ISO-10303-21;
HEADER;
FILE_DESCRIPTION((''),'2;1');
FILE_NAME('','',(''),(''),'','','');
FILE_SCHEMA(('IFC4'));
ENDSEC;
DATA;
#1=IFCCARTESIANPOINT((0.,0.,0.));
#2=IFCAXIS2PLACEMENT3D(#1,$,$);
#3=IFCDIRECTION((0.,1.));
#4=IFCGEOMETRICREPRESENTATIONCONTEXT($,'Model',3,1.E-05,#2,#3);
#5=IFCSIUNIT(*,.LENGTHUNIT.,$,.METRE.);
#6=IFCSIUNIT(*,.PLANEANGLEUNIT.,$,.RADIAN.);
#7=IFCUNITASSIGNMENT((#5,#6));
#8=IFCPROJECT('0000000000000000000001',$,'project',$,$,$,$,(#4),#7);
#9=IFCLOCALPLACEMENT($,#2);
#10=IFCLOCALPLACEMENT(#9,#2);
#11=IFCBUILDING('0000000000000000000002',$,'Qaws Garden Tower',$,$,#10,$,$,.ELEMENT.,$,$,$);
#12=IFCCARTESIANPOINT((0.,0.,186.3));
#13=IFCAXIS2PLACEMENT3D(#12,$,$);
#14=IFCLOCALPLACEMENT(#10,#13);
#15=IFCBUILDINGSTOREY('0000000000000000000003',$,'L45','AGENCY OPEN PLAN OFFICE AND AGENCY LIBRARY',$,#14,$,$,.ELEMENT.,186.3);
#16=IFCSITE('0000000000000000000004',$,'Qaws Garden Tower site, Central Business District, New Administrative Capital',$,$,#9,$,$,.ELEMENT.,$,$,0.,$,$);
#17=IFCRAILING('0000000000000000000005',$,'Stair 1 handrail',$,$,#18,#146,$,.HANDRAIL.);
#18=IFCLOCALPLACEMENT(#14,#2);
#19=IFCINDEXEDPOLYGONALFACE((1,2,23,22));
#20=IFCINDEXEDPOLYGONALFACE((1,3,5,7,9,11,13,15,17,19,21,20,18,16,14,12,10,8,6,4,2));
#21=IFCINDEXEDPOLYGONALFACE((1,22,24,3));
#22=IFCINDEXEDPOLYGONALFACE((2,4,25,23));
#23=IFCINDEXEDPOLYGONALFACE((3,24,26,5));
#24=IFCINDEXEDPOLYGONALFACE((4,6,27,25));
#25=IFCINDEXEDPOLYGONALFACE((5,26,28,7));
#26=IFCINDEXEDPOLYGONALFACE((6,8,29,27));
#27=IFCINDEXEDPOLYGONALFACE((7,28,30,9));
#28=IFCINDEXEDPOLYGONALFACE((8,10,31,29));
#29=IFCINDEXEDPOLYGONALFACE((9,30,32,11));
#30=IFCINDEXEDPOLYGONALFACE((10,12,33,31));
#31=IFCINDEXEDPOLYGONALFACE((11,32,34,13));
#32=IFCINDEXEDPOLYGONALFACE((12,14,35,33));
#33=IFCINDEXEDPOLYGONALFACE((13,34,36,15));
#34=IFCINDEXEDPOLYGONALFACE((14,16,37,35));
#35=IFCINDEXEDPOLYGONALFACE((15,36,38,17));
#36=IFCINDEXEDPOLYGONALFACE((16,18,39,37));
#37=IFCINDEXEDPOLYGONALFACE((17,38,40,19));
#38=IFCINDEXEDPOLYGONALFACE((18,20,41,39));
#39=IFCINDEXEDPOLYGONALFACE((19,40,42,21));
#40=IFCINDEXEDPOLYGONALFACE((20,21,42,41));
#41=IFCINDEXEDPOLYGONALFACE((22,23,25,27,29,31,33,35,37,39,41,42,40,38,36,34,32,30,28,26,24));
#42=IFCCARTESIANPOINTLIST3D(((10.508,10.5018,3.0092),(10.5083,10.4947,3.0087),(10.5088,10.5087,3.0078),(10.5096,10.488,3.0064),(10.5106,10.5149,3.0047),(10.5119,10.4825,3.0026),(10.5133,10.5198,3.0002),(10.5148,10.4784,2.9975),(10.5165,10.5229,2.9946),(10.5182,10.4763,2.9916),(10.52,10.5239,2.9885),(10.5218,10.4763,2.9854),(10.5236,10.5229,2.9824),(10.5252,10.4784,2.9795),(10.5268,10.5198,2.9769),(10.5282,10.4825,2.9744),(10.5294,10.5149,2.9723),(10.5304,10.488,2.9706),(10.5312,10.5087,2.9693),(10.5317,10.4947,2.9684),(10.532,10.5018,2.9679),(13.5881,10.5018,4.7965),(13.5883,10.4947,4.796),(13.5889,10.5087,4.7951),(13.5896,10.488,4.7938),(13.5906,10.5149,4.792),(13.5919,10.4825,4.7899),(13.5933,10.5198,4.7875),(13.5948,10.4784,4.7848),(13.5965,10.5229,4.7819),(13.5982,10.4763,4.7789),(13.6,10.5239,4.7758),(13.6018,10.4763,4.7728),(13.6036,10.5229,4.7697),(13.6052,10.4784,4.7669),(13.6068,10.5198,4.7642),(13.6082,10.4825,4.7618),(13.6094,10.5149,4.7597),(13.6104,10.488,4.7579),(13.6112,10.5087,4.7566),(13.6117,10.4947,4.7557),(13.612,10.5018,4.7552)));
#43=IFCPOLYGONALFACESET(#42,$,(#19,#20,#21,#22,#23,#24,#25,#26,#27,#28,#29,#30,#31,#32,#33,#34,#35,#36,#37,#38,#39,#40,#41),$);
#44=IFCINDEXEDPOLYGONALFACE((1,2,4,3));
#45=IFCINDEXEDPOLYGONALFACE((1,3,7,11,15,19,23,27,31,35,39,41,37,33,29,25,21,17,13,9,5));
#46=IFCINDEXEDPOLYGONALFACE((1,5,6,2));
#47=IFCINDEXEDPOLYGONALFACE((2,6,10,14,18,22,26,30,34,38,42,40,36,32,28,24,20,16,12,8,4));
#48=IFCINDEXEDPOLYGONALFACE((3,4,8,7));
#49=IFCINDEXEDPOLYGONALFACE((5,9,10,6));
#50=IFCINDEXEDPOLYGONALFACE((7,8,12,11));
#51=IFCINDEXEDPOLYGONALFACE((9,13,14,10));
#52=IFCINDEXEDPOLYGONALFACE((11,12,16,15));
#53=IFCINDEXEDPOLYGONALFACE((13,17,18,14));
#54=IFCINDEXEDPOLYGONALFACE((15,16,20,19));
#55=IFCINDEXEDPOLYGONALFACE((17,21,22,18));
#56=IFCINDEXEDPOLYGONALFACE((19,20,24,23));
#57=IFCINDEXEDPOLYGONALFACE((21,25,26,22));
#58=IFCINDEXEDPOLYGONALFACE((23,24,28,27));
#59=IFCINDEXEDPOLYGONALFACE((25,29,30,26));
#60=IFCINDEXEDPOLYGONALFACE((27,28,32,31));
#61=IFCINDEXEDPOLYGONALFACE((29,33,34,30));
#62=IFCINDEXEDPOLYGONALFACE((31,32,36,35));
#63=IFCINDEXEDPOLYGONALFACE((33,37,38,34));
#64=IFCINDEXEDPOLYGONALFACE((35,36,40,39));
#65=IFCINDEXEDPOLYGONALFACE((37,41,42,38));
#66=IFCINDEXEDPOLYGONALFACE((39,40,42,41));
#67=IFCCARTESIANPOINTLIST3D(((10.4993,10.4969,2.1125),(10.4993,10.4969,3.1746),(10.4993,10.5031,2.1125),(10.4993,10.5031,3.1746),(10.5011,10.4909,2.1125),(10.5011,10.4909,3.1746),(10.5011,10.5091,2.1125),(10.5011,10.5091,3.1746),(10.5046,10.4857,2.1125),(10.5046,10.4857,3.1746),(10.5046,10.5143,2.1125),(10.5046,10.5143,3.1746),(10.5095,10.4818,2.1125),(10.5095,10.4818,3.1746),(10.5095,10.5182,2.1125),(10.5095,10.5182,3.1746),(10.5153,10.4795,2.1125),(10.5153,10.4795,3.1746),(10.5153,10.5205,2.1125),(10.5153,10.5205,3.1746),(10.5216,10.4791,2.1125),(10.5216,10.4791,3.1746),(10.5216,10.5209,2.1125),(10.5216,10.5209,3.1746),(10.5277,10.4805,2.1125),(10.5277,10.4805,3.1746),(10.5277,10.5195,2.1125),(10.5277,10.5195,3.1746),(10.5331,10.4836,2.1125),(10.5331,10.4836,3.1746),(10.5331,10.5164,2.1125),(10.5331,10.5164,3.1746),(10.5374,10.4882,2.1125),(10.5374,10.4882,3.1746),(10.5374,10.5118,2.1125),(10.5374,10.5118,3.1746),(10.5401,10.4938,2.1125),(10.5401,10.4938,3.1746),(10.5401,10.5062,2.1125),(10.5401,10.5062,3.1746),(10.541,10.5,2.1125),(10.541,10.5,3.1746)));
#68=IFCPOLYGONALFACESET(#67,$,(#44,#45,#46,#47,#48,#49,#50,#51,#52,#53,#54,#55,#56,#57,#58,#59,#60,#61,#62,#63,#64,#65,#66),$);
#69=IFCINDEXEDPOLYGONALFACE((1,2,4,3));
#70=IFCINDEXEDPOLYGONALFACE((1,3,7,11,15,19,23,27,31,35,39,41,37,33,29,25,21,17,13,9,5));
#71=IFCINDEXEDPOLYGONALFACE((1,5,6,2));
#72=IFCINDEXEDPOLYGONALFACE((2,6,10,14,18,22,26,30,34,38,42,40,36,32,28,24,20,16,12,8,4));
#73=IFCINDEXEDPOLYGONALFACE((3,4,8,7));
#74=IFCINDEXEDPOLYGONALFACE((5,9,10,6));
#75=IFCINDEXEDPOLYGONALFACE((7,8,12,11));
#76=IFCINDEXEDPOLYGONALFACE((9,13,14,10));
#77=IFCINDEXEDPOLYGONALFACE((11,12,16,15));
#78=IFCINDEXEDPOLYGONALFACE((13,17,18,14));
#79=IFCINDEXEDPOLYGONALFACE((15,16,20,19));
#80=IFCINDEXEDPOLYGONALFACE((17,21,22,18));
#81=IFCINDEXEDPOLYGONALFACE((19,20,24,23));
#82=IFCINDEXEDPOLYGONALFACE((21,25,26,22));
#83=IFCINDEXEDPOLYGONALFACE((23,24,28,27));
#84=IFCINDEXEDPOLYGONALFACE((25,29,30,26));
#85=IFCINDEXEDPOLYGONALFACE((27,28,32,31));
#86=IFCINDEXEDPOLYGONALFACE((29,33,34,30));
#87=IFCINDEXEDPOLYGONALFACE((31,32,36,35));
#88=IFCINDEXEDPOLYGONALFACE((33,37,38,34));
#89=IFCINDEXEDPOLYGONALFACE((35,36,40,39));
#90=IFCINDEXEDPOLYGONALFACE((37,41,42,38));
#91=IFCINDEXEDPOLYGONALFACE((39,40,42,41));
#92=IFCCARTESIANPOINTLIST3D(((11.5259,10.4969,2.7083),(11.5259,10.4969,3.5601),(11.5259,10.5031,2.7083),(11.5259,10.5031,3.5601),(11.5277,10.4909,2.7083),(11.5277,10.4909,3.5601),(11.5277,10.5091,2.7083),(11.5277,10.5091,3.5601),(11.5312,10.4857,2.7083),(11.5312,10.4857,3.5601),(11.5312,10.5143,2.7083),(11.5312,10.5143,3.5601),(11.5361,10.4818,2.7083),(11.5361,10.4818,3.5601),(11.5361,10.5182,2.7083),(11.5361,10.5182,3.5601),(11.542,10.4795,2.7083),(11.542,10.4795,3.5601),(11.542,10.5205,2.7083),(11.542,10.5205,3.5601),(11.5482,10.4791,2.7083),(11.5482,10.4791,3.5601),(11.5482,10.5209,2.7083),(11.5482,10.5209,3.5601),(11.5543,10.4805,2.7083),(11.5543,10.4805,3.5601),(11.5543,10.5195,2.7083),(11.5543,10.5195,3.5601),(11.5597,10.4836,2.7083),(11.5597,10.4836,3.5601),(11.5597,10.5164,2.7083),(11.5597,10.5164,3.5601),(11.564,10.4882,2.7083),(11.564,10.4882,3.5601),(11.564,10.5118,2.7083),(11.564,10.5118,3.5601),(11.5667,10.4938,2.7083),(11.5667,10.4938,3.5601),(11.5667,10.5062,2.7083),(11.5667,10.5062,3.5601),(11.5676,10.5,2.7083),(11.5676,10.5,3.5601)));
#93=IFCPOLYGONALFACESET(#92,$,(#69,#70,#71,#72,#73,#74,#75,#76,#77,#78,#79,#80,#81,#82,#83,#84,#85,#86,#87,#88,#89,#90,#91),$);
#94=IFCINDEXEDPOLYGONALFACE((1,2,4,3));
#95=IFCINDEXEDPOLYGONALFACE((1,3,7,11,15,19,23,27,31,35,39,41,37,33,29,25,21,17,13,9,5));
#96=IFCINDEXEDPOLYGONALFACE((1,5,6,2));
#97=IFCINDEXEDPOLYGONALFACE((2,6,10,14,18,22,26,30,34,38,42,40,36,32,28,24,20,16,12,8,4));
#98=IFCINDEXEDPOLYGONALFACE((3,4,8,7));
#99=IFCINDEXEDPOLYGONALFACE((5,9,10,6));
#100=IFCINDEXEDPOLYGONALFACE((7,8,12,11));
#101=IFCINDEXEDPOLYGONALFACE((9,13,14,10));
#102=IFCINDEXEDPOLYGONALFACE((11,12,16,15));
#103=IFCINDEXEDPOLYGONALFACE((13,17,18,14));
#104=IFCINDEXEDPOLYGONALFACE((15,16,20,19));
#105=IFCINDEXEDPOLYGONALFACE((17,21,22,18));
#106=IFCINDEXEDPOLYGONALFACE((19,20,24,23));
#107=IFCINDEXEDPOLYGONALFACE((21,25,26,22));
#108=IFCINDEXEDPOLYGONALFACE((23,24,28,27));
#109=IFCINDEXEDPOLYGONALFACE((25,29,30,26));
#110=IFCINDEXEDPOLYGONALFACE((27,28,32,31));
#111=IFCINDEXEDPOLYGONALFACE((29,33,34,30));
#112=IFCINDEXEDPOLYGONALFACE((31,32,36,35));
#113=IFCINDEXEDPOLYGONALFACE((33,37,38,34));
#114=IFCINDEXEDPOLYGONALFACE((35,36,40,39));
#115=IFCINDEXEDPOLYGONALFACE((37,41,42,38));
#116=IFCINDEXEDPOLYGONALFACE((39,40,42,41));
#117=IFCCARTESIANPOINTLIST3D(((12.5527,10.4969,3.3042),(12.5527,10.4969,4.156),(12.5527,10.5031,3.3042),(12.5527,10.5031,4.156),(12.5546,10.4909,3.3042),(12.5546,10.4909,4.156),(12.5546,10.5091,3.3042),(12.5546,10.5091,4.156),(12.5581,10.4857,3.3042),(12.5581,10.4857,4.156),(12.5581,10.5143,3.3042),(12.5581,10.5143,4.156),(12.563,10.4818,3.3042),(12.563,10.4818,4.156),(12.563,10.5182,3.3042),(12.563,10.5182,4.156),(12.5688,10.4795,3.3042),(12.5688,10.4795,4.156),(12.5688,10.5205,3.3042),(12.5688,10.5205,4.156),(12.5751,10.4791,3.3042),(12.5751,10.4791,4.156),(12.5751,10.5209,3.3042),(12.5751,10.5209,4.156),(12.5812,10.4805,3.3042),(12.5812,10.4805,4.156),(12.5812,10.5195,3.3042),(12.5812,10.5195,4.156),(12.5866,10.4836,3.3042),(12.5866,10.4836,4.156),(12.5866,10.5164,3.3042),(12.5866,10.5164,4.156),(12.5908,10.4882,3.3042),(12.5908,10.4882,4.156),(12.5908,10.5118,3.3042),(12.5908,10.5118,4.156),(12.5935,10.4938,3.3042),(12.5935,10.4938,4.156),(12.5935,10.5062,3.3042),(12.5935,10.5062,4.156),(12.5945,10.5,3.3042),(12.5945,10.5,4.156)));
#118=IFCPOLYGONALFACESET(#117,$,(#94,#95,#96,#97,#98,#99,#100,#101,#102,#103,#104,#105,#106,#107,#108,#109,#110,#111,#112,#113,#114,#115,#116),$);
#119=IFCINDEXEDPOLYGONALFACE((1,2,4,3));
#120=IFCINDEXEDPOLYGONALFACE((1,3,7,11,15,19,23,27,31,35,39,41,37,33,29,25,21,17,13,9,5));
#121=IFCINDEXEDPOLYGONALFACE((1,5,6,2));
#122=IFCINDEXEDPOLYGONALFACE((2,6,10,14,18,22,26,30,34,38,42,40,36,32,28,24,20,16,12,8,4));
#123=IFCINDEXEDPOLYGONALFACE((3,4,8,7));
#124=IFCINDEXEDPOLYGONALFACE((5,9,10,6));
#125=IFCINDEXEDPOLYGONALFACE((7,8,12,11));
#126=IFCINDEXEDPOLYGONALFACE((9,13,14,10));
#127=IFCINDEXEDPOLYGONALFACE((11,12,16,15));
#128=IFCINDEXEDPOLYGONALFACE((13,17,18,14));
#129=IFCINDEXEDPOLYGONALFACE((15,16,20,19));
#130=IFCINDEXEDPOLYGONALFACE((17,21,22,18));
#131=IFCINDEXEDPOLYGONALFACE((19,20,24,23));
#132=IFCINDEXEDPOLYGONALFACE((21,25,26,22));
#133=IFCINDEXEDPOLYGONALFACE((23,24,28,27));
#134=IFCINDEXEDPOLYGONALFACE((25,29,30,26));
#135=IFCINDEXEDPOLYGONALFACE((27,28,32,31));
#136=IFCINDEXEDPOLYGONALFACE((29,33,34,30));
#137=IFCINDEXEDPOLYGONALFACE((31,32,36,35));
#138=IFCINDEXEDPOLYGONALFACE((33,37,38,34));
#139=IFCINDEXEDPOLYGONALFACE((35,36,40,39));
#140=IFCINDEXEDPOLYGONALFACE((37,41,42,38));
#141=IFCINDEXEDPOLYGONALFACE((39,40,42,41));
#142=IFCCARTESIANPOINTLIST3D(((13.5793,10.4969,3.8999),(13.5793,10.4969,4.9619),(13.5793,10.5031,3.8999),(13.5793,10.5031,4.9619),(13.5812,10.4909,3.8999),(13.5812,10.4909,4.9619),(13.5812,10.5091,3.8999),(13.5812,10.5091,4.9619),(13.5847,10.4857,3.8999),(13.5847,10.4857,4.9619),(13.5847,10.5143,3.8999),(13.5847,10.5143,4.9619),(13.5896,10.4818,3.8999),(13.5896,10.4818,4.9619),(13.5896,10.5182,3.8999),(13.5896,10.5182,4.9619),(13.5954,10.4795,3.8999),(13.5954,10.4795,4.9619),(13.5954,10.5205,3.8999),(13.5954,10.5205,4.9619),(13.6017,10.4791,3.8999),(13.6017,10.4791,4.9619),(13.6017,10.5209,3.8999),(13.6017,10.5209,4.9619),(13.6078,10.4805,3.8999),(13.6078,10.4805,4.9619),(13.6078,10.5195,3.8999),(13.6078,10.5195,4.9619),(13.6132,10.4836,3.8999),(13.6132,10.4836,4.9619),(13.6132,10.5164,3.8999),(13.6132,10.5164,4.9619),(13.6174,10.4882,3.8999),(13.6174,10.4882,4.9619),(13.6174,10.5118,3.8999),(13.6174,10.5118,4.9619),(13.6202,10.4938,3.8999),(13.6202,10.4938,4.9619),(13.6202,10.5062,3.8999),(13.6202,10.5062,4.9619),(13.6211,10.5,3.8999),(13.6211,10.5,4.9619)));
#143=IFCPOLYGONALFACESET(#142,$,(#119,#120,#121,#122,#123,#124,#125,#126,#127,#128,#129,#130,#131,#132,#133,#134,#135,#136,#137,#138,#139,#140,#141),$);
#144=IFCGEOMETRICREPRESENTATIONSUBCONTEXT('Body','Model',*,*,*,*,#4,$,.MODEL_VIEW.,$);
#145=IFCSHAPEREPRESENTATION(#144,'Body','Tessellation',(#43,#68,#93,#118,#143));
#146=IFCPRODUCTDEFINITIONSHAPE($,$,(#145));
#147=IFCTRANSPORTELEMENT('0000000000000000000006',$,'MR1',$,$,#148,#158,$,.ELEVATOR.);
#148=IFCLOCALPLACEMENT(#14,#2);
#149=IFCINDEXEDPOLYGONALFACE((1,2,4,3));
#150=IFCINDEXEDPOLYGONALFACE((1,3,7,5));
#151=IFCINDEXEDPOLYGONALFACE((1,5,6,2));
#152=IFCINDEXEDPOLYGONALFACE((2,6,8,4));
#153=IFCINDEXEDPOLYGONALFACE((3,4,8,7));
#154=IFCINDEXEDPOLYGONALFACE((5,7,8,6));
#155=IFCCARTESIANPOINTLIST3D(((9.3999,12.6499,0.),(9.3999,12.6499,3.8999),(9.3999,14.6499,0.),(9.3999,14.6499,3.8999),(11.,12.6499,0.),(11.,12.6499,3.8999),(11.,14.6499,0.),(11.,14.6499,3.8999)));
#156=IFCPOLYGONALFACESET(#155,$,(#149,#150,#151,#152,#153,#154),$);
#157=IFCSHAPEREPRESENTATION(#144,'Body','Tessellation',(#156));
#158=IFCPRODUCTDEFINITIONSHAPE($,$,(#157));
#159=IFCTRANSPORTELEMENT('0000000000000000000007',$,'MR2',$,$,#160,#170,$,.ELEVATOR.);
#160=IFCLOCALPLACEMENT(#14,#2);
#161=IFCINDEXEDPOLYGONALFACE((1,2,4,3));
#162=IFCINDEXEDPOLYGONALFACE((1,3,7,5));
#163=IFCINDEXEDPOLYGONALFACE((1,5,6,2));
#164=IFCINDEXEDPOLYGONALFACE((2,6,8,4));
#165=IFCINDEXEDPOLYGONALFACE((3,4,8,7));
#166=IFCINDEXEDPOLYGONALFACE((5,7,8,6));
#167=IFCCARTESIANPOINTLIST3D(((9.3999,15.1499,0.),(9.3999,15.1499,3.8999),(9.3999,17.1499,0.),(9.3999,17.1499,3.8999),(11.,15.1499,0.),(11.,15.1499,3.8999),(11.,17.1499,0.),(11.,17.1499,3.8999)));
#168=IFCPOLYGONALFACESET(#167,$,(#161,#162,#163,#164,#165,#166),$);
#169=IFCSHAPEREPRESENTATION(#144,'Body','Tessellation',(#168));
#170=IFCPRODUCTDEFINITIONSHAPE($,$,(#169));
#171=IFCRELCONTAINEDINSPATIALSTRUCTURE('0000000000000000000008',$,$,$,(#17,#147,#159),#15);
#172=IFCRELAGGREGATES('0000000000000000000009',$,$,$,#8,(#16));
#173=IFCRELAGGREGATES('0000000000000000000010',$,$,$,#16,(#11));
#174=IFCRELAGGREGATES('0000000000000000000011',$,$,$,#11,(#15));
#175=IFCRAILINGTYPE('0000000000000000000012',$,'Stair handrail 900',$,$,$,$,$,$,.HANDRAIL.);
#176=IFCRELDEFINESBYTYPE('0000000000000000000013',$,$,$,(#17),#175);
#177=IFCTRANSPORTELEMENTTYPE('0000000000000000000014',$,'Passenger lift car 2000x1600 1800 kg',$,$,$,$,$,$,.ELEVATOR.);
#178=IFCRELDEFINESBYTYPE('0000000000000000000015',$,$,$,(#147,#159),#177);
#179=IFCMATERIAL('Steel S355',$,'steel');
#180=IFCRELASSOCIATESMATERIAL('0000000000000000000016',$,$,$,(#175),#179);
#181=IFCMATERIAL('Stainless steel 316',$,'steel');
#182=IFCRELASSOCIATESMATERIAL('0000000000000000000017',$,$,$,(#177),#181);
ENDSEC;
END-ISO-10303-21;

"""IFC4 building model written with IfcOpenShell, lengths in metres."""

from ifc_helpers import new_model, si_unit, direction, frame, origin, origin_2d, place, context, subcontext, project, spatial, rectangle, circle, extrude, material, type_object, element, save


model = new_model("IFC4")

# Units and contexts
model_context = context("Model", 3, precision=1e-05, world=origin(), true_north=direction((0.0, 1.0)))
body_context = subcontext(model_context, "Body", "Model", "MODEL_VIEW")
ifc_project = project(units=[si_unit("LENGTHUNIT", "METRE"), si_unit("PLANEANGLEUNIT", "RADIAN")], contexts=[model_context])

# Site, building, storey
site_placement = place(None, origin())
site = spatial("IfcSite", under=ifc_project, at=site_placement, Name="Qaws Garden Tower site, Central Business District, New Administrative Capital", CompositionType="ELEMENT", RefElevation=0.0)
building_placement = place(site_placement, origin())
building = spatial("IfcBuilding", under=site, at=building_placement, Name="Qaws Garden Tower", CompositionType="ELEMENT")
storey_placement = place(building_placement, frame((0.0, 0.0, 186.3)))
storey = spatial("IfcBuildingStorey", under=building, at=storey_placement, Name="L45", Description="AGENCY OPEN PLAN OFFICE AND AGENCY LIBRARY", CompositionType="ELEMENT", Elevation=186.3)

# Railing
ifc_material_1 = material(Name="Steel S355", Category="steel")
railing_type = type_object("IfcRailingType", Name="Stair handrail 900", PredefinedType="HANDRAIL", material=ifc_material_1)
railing_1_placement = place(storey_placement, frame((10.52, 10.5, 2.1125)))
element("IfcRailing", 1, at=railing_1_placement, inside=storey, type_object=railing_type, Name="Stair 1 handrail", PredefinedType="HANDRAIL", context=body_context, shape_type="SweptSolid", body=[
    extrude(circle(Radius=0.0239, at=origin_2d()), frame((0.0, 0.0, 0.876), z_axis=(0.86492, 0.0, 0.501909), x_axis=(0.0, 1.0, 0.0)), (0.0, 0.0, 1.0), 3.561),
    extrude(circle(Radius=0.021, at=origin_2d()), origin(), (0.0, 0.0, 1.0), 1.062),
    extrude(circle(Radius=0.021, at=origin_2d()), frame((1.0266, 0.0, 0.5957)), (0.0, 0.0, 1.0), 0.8518),
    extrude(circle(Radius=0.021, at=origin_2d()), frame((2.0535, 0.0, 1.1917)), (0.0, 0.0, 1.0), 0.8518),
    extrude(circle(Radius=0.021, at=origin_2d()), frame((3.0801, 0.0, 1.7874)), (0.0, 0.0, 1.0), 1.062),
])

# Transport elements
ifc_material_2 = material(Name="Stainless steel 316", Category="steel")
transport_element_type = type_object("IfcTransportElementType", Name="Passenger lift car 2000x1600 1800 kg", PredefinedType="ELEVATOR", material=ifc_material_2)
for number, where, z_axis, x_axis, name in (
    (2, (10.2, 13.6499, 0.0), (0.0, 0.0, 1.0), (1.0, 0.0, 0.0), "MR1"),
    (3, (10.2, 16.1499, 0.0), (0.0, 0.0, 1.0), (1.0, 0.0, 0.0), "MR2"),
):
    element("IfcTransportElement", number, at=place(storey_placement, frame(where, z_axis=z_axis, x_axis=x_axis)), inside=storey, type_object=transport_element_type, Name=name, PredefinedType="ELEVATOR", context=body_context, shape_type="SweptSolid", body=[
        extrude(rectangle(XDim=1.6001, YDim=2.0, at=origin_2d()), origin(), (0.0, 0.0, 1.0), 3.8999),
    ])

save(model, "model.ifc")
